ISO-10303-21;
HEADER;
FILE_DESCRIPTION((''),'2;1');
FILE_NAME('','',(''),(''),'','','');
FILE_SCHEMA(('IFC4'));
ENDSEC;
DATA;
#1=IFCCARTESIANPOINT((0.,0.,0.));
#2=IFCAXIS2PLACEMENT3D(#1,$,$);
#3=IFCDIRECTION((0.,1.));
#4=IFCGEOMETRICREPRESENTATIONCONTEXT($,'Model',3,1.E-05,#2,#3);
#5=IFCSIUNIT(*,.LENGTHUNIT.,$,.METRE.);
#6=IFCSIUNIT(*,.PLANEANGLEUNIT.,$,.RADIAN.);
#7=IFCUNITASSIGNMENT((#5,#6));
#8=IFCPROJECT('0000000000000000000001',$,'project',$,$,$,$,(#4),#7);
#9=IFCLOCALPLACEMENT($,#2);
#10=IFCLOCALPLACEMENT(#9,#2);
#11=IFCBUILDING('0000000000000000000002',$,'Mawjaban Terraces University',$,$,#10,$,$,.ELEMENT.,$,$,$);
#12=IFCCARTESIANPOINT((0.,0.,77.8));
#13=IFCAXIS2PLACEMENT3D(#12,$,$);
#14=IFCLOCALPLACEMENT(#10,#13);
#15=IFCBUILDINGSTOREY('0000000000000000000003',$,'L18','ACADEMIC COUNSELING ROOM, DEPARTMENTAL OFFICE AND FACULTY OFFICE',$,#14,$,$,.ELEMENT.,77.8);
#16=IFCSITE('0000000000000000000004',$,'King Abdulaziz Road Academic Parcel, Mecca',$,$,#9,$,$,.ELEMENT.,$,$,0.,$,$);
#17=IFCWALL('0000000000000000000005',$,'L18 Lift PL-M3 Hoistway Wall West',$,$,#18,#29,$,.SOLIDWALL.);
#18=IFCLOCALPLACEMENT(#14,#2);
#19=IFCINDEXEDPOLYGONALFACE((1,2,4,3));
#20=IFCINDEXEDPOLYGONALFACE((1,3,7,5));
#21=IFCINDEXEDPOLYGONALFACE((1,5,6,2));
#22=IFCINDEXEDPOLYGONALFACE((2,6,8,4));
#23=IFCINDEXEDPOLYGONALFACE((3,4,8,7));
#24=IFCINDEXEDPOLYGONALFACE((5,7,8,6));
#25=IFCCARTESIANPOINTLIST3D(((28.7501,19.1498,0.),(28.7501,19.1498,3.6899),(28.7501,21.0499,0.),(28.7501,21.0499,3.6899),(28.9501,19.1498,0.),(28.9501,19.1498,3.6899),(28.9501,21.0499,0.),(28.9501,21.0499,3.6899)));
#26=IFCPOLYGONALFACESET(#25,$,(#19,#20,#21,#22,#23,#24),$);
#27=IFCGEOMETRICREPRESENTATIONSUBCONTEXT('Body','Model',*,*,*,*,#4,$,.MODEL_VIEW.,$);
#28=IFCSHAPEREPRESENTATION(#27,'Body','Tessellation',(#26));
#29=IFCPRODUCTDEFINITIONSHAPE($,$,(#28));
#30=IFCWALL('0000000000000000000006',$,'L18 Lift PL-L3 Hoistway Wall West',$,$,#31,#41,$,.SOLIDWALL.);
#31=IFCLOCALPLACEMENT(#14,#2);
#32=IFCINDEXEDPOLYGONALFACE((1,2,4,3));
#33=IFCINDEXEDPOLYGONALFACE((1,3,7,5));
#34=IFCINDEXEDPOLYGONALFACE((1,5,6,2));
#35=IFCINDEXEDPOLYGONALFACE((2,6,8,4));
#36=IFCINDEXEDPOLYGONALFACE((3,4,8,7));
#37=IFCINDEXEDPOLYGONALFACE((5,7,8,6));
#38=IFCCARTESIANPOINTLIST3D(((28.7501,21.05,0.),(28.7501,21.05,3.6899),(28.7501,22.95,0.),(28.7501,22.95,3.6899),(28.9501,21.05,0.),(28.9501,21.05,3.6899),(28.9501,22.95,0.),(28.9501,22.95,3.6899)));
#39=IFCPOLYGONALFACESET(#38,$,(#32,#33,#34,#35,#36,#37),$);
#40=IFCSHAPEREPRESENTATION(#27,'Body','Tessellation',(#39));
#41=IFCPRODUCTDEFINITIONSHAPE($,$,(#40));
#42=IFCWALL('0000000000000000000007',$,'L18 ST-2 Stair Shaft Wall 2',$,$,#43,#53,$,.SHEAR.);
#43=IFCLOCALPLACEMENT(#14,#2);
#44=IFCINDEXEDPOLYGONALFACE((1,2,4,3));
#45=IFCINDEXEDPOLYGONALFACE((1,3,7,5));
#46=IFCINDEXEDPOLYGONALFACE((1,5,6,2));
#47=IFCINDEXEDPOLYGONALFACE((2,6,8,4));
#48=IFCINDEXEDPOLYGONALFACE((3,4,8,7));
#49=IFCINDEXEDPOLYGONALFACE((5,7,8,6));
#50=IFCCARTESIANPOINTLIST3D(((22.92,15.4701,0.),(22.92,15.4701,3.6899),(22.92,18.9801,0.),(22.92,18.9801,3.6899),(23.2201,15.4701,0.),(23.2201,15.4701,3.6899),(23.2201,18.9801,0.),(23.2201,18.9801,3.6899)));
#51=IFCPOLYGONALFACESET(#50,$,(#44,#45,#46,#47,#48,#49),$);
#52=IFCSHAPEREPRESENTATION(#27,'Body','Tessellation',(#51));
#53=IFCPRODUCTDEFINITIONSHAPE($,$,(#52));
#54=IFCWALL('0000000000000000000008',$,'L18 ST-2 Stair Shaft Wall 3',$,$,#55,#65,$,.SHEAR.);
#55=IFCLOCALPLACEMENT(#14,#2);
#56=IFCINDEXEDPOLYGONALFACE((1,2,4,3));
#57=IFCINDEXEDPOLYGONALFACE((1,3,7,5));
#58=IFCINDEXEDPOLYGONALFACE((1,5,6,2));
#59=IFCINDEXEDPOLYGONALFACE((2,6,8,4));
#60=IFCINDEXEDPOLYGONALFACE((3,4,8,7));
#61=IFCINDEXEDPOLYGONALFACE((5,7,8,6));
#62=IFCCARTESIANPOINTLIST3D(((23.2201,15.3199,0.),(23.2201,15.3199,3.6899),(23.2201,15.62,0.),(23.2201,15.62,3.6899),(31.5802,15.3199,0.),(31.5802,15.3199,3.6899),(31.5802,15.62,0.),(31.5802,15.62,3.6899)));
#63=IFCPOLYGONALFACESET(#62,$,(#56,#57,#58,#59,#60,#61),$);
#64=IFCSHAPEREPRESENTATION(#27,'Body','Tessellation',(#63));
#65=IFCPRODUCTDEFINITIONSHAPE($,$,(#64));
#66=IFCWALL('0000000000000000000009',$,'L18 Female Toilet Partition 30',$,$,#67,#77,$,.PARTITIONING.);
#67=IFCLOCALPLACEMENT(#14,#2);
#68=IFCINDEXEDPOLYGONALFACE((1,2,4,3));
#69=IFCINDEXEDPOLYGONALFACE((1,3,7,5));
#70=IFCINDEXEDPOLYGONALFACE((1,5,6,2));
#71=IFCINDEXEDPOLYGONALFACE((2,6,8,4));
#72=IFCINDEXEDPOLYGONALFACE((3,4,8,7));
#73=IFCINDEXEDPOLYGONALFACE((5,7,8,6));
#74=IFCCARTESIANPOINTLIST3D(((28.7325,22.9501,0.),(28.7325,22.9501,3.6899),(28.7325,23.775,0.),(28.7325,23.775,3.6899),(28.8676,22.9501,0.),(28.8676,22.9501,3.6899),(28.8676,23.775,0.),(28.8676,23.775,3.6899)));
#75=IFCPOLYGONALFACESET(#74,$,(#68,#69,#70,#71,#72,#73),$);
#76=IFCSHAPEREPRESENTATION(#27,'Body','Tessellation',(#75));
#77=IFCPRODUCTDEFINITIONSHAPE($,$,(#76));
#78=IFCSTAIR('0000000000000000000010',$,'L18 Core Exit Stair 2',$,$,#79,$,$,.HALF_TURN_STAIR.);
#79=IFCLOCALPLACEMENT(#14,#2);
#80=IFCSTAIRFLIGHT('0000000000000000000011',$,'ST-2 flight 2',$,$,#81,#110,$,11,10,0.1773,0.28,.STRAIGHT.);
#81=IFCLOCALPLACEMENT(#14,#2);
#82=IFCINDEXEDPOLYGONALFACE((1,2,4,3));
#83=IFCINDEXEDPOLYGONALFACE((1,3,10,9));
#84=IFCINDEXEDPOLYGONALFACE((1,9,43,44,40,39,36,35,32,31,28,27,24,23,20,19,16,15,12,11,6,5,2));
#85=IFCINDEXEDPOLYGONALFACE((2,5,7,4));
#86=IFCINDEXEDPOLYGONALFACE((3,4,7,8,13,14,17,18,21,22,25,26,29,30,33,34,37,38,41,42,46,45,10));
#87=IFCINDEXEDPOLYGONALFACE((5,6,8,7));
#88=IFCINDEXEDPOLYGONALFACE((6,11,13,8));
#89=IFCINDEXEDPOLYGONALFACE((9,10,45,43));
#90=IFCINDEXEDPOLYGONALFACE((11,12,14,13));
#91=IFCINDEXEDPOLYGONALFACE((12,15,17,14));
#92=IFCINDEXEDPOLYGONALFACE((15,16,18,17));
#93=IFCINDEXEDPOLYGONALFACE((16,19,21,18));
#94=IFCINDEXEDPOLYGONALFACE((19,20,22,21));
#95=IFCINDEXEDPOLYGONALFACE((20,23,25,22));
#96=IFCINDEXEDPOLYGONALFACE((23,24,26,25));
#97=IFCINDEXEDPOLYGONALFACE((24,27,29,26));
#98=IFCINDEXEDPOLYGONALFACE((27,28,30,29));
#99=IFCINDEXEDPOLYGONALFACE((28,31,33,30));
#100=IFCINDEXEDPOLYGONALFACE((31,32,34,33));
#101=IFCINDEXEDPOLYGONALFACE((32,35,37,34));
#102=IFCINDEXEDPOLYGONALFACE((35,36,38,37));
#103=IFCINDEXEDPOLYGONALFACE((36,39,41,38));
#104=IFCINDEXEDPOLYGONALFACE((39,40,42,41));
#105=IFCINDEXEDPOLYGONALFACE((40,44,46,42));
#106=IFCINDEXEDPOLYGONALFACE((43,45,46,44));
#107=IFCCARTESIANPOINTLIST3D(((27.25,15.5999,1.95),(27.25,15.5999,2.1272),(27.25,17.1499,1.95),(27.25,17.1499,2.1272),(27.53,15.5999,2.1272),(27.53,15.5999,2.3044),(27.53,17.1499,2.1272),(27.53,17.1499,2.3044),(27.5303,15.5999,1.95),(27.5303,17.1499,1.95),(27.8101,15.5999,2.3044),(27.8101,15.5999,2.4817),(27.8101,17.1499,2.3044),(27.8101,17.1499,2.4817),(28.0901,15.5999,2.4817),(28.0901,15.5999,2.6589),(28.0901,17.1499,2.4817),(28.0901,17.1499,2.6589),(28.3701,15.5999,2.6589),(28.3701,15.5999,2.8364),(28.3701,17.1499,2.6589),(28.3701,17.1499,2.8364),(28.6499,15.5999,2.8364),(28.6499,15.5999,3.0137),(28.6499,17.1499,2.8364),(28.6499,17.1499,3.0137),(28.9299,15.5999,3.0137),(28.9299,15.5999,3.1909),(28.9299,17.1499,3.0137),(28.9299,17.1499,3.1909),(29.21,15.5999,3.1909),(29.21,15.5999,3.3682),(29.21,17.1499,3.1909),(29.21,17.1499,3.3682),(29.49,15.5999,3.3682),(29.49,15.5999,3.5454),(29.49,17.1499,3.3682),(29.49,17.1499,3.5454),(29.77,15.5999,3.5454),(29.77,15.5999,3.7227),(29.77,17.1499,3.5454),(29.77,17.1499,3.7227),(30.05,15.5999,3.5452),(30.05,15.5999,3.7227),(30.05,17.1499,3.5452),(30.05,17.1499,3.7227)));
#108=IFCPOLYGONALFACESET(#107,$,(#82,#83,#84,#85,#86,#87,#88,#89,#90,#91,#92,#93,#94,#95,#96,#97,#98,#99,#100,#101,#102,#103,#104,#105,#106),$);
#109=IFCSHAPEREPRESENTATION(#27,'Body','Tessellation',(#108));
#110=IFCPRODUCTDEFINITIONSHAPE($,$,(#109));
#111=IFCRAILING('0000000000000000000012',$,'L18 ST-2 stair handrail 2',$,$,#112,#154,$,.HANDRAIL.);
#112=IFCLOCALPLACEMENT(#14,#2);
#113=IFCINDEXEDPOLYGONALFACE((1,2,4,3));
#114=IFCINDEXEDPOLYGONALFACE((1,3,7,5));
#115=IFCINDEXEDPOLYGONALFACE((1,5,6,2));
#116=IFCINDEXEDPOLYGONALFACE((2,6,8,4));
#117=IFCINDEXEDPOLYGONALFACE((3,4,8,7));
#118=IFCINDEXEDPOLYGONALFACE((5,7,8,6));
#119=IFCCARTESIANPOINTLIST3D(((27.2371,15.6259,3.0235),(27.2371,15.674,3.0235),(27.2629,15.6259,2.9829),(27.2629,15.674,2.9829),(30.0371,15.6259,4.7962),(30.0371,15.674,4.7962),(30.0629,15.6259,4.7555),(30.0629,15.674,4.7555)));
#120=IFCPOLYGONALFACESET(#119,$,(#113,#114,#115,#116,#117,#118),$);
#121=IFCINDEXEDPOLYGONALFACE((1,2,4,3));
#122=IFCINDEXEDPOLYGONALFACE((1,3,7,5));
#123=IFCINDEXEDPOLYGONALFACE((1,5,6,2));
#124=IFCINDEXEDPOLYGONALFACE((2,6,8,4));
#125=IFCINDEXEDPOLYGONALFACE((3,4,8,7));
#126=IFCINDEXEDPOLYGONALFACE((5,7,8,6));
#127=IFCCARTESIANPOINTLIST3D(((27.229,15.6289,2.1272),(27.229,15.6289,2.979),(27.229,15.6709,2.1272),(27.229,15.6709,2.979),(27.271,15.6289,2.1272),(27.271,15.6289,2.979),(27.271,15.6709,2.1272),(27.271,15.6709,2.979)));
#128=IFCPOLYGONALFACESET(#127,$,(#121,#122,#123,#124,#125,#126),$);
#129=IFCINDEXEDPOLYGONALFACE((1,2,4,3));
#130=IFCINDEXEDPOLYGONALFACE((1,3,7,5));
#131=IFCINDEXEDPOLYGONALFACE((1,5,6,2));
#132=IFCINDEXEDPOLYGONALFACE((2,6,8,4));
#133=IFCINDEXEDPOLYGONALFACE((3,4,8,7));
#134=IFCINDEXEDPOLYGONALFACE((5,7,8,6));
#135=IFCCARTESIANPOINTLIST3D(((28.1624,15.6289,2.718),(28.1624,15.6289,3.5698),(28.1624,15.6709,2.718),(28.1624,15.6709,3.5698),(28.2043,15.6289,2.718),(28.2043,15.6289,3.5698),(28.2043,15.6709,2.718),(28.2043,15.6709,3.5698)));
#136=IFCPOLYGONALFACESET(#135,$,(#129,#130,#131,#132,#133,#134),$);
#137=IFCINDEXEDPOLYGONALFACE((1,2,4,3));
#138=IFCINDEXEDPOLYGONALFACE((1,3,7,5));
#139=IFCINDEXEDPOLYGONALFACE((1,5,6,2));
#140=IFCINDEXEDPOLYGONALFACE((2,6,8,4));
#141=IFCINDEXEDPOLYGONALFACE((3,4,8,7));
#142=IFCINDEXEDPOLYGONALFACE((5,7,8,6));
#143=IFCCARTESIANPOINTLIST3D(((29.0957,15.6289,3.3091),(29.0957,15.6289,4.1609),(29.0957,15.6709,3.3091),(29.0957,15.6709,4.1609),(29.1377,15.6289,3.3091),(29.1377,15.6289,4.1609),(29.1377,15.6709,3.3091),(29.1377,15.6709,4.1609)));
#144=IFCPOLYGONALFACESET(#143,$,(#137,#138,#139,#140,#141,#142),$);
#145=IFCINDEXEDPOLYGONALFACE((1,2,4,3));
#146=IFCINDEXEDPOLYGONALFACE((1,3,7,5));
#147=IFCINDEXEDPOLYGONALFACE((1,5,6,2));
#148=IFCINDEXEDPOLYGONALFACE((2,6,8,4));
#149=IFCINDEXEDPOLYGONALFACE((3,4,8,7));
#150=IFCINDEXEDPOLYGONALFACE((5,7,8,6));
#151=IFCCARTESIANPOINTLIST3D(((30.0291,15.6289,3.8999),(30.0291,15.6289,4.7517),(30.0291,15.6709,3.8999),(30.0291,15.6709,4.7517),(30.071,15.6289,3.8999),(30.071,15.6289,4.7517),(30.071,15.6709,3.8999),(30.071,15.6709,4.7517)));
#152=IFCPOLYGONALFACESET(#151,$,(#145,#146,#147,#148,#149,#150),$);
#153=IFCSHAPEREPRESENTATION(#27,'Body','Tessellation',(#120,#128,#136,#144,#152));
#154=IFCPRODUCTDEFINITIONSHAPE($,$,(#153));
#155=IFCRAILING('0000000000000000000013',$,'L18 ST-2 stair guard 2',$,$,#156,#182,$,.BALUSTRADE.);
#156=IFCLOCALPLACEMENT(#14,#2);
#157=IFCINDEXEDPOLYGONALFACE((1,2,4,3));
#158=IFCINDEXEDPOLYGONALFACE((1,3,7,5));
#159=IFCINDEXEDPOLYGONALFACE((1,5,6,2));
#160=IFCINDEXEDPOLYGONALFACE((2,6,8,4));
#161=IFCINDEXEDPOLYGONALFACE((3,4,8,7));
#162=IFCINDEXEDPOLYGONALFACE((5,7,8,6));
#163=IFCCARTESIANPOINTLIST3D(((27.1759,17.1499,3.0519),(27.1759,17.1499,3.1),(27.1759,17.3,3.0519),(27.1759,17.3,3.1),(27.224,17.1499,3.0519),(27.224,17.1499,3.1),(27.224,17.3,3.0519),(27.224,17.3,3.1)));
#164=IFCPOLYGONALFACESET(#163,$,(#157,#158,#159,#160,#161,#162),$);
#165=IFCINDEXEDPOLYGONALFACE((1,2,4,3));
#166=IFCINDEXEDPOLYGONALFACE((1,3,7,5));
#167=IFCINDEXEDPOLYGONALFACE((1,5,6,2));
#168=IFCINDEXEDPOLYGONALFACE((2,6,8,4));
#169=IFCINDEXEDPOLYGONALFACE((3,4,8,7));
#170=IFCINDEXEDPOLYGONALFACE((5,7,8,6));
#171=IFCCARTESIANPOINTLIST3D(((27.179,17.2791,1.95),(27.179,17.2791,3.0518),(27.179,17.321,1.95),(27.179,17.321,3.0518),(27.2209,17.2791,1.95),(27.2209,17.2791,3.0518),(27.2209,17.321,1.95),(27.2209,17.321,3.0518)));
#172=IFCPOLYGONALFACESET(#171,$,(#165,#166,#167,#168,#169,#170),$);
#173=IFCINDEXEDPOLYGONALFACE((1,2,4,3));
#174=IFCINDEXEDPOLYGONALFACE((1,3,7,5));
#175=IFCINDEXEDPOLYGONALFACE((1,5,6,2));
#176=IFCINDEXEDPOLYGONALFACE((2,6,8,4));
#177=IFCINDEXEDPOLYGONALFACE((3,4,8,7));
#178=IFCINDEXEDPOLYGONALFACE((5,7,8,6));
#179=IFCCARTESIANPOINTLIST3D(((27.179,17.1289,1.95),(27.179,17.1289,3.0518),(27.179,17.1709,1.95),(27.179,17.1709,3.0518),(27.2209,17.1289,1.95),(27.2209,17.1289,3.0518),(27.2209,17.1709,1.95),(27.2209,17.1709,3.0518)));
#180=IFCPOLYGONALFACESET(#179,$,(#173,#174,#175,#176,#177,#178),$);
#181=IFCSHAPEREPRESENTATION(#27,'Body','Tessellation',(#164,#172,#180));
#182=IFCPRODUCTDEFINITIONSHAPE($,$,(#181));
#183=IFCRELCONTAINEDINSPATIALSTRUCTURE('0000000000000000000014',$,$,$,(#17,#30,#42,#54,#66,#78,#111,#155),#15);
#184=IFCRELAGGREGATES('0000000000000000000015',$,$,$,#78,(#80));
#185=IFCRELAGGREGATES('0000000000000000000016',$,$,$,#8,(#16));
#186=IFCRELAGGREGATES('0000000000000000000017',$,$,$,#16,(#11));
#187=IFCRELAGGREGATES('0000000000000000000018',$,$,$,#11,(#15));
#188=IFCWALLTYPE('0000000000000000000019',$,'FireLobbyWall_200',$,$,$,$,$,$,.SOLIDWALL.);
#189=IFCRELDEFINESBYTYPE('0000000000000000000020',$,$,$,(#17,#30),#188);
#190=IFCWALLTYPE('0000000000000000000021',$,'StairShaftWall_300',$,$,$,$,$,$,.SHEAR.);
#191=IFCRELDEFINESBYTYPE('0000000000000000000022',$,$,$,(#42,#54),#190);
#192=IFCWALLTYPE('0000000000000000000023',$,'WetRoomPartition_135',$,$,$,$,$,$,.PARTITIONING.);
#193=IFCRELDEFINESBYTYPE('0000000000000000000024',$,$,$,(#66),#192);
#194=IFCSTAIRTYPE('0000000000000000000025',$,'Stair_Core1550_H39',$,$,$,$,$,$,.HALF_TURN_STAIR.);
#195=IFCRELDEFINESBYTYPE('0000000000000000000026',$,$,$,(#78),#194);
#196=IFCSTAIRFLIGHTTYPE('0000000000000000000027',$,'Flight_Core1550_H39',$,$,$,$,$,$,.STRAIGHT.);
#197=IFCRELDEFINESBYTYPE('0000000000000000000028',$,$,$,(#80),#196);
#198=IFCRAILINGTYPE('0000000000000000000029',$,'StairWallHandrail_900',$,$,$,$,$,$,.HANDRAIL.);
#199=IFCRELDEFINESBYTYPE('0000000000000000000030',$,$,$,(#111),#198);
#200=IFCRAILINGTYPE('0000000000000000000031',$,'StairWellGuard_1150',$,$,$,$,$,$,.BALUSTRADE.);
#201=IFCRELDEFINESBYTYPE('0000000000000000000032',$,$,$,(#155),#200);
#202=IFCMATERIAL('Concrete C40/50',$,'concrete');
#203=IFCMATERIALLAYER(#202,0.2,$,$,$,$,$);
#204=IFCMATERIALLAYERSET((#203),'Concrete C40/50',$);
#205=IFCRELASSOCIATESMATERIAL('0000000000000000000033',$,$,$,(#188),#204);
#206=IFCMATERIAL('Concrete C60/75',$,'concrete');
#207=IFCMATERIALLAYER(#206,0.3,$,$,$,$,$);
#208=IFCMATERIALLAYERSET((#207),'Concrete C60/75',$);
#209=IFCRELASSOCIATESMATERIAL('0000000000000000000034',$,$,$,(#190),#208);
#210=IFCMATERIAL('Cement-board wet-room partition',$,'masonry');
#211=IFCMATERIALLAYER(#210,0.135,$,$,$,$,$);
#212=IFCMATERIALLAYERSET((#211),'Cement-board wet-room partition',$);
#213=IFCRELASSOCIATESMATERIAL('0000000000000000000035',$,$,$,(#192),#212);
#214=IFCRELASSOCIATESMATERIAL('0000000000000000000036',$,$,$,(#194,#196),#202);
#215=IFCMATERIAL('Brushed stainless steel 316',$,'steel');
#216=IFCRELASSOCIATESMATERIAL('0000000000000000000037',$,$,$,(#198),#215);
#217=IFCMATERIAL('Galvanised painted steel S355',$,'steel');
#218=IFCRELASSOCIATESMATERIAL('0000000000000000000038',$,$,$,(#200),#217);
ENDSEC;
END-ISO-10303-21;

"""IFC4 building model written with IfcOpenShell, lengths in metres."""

from ifc_helpers import new_model, si_unit, direction, frame, frame_2d, origin, origin_2d, place, context, subcontext, project, spatial, polyline, rectangle, outline, extrude, material, layer, layer_set, type_object, element, aggregate, save


model = new_model("IFC4")

# Units and contexts
model_context = context("Model", 3, precision=1e-05, world=origin(), true_north=direction((0.0, 1.0)))
body_context = subcontext(model_context, "Body", "Model", "MODEL_VIEW")
ifc_project = project(units=[si_unit("LENGTHUNIT", "METRE"), si_unit("PLANEANGLEUNIT", "RADIAN")], contexts=[model_context])

# Site, building, storey
site_placement = place(None, origin())
site = spatial("IfcSite", under=ifc_project, at=site_placement, Name="King Abdulaziz Road Academic Parcel, Mecca", CompositionType="ELEMENT", RefElevation=0.0)
building_placement = place(site_placement, origin())
building = spatial("IfcBuilding", under=site, at=building_placement, Name="Mawjaban Terraces University", CompositionType="ELEMENT")
storey_placement = place(building_placement, frame((0.0, 0.0, 77.8)))
storey = spatial("IfcBuildingStorey", under=building, at=storey_placement, Name="L18", Description="ACADEMIC COUNSELING ROOM, DEPARTMENTAL OFFICE AND FACULTY OFFICE", CompositionType="ELEMENT", Elevation=77.8)

# Walls
ifc_material_1 = material(Name="Concrete C40/50", Category="concrete")
ifc_layer_1 = layer(ifc_material_1, 0.2)
ifc_layer_set_1 = layer_set([ifc_layer_1], Name="Concrete C40/50")
wall_type_1 = type_object("IfcWallType", Name="FireLobbyWall_200", PredefinedType="SOLIDWALL", material=ifc_layer_set_1)
wall_1_placement = place(storey_placement, frame((28.8501, 21.05, 0.0), z_axis=(0.0, 0.0, 1.0), x_axis=(0.0, -1.0, 0.0)))
element("IfcWall", 1, at=wall_1_placement, inside=storey, type_object=wall_type_1, Name="L18 Lift PL-M3 Hoistway Wall West", PredefinedType="SOLIDWALL", context=body_context, shape_type="SweptSolid", body=[
    extrude(rectangle(XDim=1.9001, YDim=0.2, at=frame_2d((0.9502, 0.0))), origin(), (0.0, 0.0, 1.0), 3.6899),
])
wall_2_placement = place(storey_placement, frame((28.8501, 22.95, 0.0), z_axis=(0.0, 0.0, 1.0), x_axis=(0.0, -1.0, 0.0)))
element("IfcWall", 2, at=wall_2_placement, inside=storey, type_object=wall_type_1, Name="L18 Lift PL-L3 Hoistway Wall West", PredefinedType="SOLIDWALL", context=body_context, shape_type="SweptSolid", body=[
    extrude(rectangle(XDim=1.8999, YDim=0.2, at=frame_2d((0.95, 0.0))), origin(), (0.0, 0.0, 1.0), 3.6899),
])
ifc_material_2 = material(Name="Concrete C60/75", Category="concrete")
ifc_layer_2 = layer(ifc_material_2, 0.3)
ifc_layer_set_2 = layer_set([ifc_layer_2], Name="Concrete C60/75")
wall_type_2 = type_object("IfcWallType", Name="StairShaftWall_300", PredefinedType="SHEAR", material=ifc_layer_set_2)
wall_3_placement = place(storey_placement, frame((23.0701, 18.98, 0.0), z_axis=(0.0, 0.0, 1.0), x_axis=(0.0, -1.0, 0.0)))
element("IfcWall", 3, at=wall_3_placement, inside=storey, type_object=wall_type_2, Name="L18 ST-2 Stair Shaft Wall 2", PredefinedType="SHEAR", context=body_context, shape_type="SweptSolid", body=[
    extrude(rectangle(XDim=3.51, YDim=0.3, at=frame_2d((1.7549, 0.0))), origin(), (0.0, 0.0, 1.0), 3.6899),
])
wall_4_placement = place(storey_placement, frame((23.22, 15.47, 0.0), z_axis=(0.0, 0.0, 1.0), x_axis=(1.0, 0.0, 0.0)))
element("IfcWall", 4, at=wall_4_placement, inside=storey, type_object=wall_type_2, Name="L18 ST-2 Stair Shaft Wall 3", PredefinedType="SHEAR", context=body_context, shape_type="SweptSolid", body=[
    extrude(rectangle(XDim=8.3601, YDim=0.3, at=frame_2d((4.1802, 0.0))), origin(), (0.0, 0.0, 1.0), 3.6899),
])
ifc_material_3 = material(Name="Cement-board wet-room partition", Category="masonry")
ifc_layer_3 = layer(ifc_material_3, 0.135)
ifc_layer_set_3 = layer_set([ifc_layer_3], Name="Cement-board wet-room partition")
wall_type_3 = type_object("IfcWallType", Name="WetRoomPartition_135", PredefinedType="PARTITIONING", material=ifc_layer_set_3)
wall_5_placement = place(storey_placement, frame((28.8, 22.95, 0.0), z_axis=(0.0, 0.0, 1.0), x_axis=(0.0, 1.0, 0.0)))
element("IfcWall", 5, at=wall_5_placement, inside=storey, type_object=wall_type_3, Name="L18 Female Toilet Partition 30", PredefinedType="PARTITIONING", context=body_context, shape_type="SweptSolid", body=[
    extrude(rectangle(XDim=0.825, YDim=0.135, at=frame_2d((0.4126, 0.0))), origin(), (0.0, 0.0, 1.0), 3.6899),
])

# Stair, stair flight
stair_type = type_object("IfcStairType", Name="Stair_Core1550_H39", PredefinedType="HALF_TURN_STAIR", material=ifc_material_1)
stair_placement = place(storey_placement, origin())
stair = element("IfcStair", 6, at=stair_placement, inside=storey, type_object=stair_type, Name="L18 Core Exit Stair 2", PredefinedType="HALF_TURN_STAIR")
stair_flight_type = type_object("IfcStairFlightType", Name="Flight_Core1550_H39", PredefinedType="STRAIGHT", material=ifc_material_1)
stair_flight_placement = place(storey_placement, frame((27.25, 16.375, 1.95), z_axis=(0.0, 0.0, 1.0), x_axis=(1.0, 0.0, 0.0)))
stair_flight = element("IfcStairFlight", 7, at=stair_flight_placement, type_object=stair_flight_type, Name="ST-2 flight 2", NumberOfRisers=11, NumberOfTreads=10, PredefinedType="STRAIGHT", RiserHeight=0.1773, TreadLength=0.28, context=body_context, shape_type="SweptSolid", body=[
    extrude(outline(polyline([(0.0, 0.0), (0.0, 0.1772), (0.28, 0.1772), (0.28, 0.3545), (0.5601, 0.3545), (0.5601, 0.5317), (0.8401, 0.5317), (0.8401, 0.709), (1.1201, 0.709), (1.1201, 0.8865), (1.3999, 0.8865), (1.3999, 1.0637), (1.6799, 1.0637), (1.6799, 1.241), (1.96, 1.241), (1.96, 1.4182), (2.24, 1.4182), (2.24, 1.5955), (2.52, 1.5955), (2.52, 1.7727), (2.8, 1.7727), (2.8, 1.95), (2.8, 1.5952), (0.2803, 0.0), (0.0, 0.0)])), frame((0.0, 0.7749, 0.0), z_axis=(0.0, -1.0, 0.0), x_axis=(1.0, 0.0, 0.0)), (0.0, 0.0, 1.0), 1.55),
])
aggregate(stair, [stair_flight])

# Railings
ifc_material_4 = material(Name="Brushed stainless steel 316", Category="steel")
railing_type_1 = type_object("IfcRailingType", Name="StairWallHandrail_900", PredefinedType="HANDRAIL", material=ifc_material_4)
railing_1_placement = place(storey_placement, frame((27.25, 15.6499, 2.1272)))
element("IfcRailing", 8, at=railing_1_placement, inside=storey, type_object=railing_type_1, Name="L18 ST-2 stair handrail 2", PredefinedType="HANDRAIL", context=body_context, shape_type="SweptSolid", body=[
    extrude(rectangle(XDim=0.0481, YDim=0.0481, at=origin_2d()), frame((0.0, 0.0, 0.876), z_axis=(0.844909, 0.0, 0.53491), x_axis=(0.0, 1.0, 0.0)), (0.0, 0.0, 1.0), 3.314),
    extrude(rectangle(XDim=0.042, YDim=0.042, at=origin_2d()), origin(), (0.0, 0.0, 1.0), 0.8518),
    extrude(rectangle(XDim=0.042, YDim=0.042, at=origin_2d()), frame((0.9333, 0.0, 0.5908)), (0.0, 0.0, 1.0), 0.8518),
    extrude(rectangle(XDim=0.042, YDim=0.042, at=origin_2d()), frame((1.8667, 0.0, 1.1819)), (0.0, 0.0, 1.0), 0.8518),
    extrude(rectangle(XDim=0.042, YDim=0.042, at=origin_2d()), frame((2.8, 0.0, 1.7727)), (0.0, 0.0, 1.0), 0.8518),
])
ifc_material_5 = material(Name="Galvanised painted steel S355", Category="steel")
railing_type_2 = type_object("IfcRailingType", Name="StairWellGuard_1150", PredefinedType="BALUSTRADE", material=ifc_material_5)
railing_2_placement = place(storey_placement, frame((27.2, 17.3, 1.95)))
element("IfcRailing", 9, at=railing_2_placement, inside=storey, type_object=railing_type_2, Name="L18 ST-2 stair guard 2", PredefinedType="BALUSTRADE", context=body_context, shape_type="SweptSolid", body=[
    extrude(rectangle(XDim=0.0481, YDim=0.0481, at=origin_2d()), frame((0.0, 0.0, 1.126), z_axis=(0.0, -1.0, 0.0), x_axis=(1.0, 0.0, 0.0)), (0.0, 0.0, 1.0), 0.1501),
    extrude(rectangle(XDim=0.042, YDim=0.042, at=origin_2d()), origin(), (0.0, 0.0, 1.0), 1.1018),
    extrude(rectangle(XDim=0.042, YDim=0.042, at=origin_2d()), frame((0.0, -0.1501, 0.0)), (0.0, 0.0, 1.0), 1.1018),
])

save(model, "model.ifc")
